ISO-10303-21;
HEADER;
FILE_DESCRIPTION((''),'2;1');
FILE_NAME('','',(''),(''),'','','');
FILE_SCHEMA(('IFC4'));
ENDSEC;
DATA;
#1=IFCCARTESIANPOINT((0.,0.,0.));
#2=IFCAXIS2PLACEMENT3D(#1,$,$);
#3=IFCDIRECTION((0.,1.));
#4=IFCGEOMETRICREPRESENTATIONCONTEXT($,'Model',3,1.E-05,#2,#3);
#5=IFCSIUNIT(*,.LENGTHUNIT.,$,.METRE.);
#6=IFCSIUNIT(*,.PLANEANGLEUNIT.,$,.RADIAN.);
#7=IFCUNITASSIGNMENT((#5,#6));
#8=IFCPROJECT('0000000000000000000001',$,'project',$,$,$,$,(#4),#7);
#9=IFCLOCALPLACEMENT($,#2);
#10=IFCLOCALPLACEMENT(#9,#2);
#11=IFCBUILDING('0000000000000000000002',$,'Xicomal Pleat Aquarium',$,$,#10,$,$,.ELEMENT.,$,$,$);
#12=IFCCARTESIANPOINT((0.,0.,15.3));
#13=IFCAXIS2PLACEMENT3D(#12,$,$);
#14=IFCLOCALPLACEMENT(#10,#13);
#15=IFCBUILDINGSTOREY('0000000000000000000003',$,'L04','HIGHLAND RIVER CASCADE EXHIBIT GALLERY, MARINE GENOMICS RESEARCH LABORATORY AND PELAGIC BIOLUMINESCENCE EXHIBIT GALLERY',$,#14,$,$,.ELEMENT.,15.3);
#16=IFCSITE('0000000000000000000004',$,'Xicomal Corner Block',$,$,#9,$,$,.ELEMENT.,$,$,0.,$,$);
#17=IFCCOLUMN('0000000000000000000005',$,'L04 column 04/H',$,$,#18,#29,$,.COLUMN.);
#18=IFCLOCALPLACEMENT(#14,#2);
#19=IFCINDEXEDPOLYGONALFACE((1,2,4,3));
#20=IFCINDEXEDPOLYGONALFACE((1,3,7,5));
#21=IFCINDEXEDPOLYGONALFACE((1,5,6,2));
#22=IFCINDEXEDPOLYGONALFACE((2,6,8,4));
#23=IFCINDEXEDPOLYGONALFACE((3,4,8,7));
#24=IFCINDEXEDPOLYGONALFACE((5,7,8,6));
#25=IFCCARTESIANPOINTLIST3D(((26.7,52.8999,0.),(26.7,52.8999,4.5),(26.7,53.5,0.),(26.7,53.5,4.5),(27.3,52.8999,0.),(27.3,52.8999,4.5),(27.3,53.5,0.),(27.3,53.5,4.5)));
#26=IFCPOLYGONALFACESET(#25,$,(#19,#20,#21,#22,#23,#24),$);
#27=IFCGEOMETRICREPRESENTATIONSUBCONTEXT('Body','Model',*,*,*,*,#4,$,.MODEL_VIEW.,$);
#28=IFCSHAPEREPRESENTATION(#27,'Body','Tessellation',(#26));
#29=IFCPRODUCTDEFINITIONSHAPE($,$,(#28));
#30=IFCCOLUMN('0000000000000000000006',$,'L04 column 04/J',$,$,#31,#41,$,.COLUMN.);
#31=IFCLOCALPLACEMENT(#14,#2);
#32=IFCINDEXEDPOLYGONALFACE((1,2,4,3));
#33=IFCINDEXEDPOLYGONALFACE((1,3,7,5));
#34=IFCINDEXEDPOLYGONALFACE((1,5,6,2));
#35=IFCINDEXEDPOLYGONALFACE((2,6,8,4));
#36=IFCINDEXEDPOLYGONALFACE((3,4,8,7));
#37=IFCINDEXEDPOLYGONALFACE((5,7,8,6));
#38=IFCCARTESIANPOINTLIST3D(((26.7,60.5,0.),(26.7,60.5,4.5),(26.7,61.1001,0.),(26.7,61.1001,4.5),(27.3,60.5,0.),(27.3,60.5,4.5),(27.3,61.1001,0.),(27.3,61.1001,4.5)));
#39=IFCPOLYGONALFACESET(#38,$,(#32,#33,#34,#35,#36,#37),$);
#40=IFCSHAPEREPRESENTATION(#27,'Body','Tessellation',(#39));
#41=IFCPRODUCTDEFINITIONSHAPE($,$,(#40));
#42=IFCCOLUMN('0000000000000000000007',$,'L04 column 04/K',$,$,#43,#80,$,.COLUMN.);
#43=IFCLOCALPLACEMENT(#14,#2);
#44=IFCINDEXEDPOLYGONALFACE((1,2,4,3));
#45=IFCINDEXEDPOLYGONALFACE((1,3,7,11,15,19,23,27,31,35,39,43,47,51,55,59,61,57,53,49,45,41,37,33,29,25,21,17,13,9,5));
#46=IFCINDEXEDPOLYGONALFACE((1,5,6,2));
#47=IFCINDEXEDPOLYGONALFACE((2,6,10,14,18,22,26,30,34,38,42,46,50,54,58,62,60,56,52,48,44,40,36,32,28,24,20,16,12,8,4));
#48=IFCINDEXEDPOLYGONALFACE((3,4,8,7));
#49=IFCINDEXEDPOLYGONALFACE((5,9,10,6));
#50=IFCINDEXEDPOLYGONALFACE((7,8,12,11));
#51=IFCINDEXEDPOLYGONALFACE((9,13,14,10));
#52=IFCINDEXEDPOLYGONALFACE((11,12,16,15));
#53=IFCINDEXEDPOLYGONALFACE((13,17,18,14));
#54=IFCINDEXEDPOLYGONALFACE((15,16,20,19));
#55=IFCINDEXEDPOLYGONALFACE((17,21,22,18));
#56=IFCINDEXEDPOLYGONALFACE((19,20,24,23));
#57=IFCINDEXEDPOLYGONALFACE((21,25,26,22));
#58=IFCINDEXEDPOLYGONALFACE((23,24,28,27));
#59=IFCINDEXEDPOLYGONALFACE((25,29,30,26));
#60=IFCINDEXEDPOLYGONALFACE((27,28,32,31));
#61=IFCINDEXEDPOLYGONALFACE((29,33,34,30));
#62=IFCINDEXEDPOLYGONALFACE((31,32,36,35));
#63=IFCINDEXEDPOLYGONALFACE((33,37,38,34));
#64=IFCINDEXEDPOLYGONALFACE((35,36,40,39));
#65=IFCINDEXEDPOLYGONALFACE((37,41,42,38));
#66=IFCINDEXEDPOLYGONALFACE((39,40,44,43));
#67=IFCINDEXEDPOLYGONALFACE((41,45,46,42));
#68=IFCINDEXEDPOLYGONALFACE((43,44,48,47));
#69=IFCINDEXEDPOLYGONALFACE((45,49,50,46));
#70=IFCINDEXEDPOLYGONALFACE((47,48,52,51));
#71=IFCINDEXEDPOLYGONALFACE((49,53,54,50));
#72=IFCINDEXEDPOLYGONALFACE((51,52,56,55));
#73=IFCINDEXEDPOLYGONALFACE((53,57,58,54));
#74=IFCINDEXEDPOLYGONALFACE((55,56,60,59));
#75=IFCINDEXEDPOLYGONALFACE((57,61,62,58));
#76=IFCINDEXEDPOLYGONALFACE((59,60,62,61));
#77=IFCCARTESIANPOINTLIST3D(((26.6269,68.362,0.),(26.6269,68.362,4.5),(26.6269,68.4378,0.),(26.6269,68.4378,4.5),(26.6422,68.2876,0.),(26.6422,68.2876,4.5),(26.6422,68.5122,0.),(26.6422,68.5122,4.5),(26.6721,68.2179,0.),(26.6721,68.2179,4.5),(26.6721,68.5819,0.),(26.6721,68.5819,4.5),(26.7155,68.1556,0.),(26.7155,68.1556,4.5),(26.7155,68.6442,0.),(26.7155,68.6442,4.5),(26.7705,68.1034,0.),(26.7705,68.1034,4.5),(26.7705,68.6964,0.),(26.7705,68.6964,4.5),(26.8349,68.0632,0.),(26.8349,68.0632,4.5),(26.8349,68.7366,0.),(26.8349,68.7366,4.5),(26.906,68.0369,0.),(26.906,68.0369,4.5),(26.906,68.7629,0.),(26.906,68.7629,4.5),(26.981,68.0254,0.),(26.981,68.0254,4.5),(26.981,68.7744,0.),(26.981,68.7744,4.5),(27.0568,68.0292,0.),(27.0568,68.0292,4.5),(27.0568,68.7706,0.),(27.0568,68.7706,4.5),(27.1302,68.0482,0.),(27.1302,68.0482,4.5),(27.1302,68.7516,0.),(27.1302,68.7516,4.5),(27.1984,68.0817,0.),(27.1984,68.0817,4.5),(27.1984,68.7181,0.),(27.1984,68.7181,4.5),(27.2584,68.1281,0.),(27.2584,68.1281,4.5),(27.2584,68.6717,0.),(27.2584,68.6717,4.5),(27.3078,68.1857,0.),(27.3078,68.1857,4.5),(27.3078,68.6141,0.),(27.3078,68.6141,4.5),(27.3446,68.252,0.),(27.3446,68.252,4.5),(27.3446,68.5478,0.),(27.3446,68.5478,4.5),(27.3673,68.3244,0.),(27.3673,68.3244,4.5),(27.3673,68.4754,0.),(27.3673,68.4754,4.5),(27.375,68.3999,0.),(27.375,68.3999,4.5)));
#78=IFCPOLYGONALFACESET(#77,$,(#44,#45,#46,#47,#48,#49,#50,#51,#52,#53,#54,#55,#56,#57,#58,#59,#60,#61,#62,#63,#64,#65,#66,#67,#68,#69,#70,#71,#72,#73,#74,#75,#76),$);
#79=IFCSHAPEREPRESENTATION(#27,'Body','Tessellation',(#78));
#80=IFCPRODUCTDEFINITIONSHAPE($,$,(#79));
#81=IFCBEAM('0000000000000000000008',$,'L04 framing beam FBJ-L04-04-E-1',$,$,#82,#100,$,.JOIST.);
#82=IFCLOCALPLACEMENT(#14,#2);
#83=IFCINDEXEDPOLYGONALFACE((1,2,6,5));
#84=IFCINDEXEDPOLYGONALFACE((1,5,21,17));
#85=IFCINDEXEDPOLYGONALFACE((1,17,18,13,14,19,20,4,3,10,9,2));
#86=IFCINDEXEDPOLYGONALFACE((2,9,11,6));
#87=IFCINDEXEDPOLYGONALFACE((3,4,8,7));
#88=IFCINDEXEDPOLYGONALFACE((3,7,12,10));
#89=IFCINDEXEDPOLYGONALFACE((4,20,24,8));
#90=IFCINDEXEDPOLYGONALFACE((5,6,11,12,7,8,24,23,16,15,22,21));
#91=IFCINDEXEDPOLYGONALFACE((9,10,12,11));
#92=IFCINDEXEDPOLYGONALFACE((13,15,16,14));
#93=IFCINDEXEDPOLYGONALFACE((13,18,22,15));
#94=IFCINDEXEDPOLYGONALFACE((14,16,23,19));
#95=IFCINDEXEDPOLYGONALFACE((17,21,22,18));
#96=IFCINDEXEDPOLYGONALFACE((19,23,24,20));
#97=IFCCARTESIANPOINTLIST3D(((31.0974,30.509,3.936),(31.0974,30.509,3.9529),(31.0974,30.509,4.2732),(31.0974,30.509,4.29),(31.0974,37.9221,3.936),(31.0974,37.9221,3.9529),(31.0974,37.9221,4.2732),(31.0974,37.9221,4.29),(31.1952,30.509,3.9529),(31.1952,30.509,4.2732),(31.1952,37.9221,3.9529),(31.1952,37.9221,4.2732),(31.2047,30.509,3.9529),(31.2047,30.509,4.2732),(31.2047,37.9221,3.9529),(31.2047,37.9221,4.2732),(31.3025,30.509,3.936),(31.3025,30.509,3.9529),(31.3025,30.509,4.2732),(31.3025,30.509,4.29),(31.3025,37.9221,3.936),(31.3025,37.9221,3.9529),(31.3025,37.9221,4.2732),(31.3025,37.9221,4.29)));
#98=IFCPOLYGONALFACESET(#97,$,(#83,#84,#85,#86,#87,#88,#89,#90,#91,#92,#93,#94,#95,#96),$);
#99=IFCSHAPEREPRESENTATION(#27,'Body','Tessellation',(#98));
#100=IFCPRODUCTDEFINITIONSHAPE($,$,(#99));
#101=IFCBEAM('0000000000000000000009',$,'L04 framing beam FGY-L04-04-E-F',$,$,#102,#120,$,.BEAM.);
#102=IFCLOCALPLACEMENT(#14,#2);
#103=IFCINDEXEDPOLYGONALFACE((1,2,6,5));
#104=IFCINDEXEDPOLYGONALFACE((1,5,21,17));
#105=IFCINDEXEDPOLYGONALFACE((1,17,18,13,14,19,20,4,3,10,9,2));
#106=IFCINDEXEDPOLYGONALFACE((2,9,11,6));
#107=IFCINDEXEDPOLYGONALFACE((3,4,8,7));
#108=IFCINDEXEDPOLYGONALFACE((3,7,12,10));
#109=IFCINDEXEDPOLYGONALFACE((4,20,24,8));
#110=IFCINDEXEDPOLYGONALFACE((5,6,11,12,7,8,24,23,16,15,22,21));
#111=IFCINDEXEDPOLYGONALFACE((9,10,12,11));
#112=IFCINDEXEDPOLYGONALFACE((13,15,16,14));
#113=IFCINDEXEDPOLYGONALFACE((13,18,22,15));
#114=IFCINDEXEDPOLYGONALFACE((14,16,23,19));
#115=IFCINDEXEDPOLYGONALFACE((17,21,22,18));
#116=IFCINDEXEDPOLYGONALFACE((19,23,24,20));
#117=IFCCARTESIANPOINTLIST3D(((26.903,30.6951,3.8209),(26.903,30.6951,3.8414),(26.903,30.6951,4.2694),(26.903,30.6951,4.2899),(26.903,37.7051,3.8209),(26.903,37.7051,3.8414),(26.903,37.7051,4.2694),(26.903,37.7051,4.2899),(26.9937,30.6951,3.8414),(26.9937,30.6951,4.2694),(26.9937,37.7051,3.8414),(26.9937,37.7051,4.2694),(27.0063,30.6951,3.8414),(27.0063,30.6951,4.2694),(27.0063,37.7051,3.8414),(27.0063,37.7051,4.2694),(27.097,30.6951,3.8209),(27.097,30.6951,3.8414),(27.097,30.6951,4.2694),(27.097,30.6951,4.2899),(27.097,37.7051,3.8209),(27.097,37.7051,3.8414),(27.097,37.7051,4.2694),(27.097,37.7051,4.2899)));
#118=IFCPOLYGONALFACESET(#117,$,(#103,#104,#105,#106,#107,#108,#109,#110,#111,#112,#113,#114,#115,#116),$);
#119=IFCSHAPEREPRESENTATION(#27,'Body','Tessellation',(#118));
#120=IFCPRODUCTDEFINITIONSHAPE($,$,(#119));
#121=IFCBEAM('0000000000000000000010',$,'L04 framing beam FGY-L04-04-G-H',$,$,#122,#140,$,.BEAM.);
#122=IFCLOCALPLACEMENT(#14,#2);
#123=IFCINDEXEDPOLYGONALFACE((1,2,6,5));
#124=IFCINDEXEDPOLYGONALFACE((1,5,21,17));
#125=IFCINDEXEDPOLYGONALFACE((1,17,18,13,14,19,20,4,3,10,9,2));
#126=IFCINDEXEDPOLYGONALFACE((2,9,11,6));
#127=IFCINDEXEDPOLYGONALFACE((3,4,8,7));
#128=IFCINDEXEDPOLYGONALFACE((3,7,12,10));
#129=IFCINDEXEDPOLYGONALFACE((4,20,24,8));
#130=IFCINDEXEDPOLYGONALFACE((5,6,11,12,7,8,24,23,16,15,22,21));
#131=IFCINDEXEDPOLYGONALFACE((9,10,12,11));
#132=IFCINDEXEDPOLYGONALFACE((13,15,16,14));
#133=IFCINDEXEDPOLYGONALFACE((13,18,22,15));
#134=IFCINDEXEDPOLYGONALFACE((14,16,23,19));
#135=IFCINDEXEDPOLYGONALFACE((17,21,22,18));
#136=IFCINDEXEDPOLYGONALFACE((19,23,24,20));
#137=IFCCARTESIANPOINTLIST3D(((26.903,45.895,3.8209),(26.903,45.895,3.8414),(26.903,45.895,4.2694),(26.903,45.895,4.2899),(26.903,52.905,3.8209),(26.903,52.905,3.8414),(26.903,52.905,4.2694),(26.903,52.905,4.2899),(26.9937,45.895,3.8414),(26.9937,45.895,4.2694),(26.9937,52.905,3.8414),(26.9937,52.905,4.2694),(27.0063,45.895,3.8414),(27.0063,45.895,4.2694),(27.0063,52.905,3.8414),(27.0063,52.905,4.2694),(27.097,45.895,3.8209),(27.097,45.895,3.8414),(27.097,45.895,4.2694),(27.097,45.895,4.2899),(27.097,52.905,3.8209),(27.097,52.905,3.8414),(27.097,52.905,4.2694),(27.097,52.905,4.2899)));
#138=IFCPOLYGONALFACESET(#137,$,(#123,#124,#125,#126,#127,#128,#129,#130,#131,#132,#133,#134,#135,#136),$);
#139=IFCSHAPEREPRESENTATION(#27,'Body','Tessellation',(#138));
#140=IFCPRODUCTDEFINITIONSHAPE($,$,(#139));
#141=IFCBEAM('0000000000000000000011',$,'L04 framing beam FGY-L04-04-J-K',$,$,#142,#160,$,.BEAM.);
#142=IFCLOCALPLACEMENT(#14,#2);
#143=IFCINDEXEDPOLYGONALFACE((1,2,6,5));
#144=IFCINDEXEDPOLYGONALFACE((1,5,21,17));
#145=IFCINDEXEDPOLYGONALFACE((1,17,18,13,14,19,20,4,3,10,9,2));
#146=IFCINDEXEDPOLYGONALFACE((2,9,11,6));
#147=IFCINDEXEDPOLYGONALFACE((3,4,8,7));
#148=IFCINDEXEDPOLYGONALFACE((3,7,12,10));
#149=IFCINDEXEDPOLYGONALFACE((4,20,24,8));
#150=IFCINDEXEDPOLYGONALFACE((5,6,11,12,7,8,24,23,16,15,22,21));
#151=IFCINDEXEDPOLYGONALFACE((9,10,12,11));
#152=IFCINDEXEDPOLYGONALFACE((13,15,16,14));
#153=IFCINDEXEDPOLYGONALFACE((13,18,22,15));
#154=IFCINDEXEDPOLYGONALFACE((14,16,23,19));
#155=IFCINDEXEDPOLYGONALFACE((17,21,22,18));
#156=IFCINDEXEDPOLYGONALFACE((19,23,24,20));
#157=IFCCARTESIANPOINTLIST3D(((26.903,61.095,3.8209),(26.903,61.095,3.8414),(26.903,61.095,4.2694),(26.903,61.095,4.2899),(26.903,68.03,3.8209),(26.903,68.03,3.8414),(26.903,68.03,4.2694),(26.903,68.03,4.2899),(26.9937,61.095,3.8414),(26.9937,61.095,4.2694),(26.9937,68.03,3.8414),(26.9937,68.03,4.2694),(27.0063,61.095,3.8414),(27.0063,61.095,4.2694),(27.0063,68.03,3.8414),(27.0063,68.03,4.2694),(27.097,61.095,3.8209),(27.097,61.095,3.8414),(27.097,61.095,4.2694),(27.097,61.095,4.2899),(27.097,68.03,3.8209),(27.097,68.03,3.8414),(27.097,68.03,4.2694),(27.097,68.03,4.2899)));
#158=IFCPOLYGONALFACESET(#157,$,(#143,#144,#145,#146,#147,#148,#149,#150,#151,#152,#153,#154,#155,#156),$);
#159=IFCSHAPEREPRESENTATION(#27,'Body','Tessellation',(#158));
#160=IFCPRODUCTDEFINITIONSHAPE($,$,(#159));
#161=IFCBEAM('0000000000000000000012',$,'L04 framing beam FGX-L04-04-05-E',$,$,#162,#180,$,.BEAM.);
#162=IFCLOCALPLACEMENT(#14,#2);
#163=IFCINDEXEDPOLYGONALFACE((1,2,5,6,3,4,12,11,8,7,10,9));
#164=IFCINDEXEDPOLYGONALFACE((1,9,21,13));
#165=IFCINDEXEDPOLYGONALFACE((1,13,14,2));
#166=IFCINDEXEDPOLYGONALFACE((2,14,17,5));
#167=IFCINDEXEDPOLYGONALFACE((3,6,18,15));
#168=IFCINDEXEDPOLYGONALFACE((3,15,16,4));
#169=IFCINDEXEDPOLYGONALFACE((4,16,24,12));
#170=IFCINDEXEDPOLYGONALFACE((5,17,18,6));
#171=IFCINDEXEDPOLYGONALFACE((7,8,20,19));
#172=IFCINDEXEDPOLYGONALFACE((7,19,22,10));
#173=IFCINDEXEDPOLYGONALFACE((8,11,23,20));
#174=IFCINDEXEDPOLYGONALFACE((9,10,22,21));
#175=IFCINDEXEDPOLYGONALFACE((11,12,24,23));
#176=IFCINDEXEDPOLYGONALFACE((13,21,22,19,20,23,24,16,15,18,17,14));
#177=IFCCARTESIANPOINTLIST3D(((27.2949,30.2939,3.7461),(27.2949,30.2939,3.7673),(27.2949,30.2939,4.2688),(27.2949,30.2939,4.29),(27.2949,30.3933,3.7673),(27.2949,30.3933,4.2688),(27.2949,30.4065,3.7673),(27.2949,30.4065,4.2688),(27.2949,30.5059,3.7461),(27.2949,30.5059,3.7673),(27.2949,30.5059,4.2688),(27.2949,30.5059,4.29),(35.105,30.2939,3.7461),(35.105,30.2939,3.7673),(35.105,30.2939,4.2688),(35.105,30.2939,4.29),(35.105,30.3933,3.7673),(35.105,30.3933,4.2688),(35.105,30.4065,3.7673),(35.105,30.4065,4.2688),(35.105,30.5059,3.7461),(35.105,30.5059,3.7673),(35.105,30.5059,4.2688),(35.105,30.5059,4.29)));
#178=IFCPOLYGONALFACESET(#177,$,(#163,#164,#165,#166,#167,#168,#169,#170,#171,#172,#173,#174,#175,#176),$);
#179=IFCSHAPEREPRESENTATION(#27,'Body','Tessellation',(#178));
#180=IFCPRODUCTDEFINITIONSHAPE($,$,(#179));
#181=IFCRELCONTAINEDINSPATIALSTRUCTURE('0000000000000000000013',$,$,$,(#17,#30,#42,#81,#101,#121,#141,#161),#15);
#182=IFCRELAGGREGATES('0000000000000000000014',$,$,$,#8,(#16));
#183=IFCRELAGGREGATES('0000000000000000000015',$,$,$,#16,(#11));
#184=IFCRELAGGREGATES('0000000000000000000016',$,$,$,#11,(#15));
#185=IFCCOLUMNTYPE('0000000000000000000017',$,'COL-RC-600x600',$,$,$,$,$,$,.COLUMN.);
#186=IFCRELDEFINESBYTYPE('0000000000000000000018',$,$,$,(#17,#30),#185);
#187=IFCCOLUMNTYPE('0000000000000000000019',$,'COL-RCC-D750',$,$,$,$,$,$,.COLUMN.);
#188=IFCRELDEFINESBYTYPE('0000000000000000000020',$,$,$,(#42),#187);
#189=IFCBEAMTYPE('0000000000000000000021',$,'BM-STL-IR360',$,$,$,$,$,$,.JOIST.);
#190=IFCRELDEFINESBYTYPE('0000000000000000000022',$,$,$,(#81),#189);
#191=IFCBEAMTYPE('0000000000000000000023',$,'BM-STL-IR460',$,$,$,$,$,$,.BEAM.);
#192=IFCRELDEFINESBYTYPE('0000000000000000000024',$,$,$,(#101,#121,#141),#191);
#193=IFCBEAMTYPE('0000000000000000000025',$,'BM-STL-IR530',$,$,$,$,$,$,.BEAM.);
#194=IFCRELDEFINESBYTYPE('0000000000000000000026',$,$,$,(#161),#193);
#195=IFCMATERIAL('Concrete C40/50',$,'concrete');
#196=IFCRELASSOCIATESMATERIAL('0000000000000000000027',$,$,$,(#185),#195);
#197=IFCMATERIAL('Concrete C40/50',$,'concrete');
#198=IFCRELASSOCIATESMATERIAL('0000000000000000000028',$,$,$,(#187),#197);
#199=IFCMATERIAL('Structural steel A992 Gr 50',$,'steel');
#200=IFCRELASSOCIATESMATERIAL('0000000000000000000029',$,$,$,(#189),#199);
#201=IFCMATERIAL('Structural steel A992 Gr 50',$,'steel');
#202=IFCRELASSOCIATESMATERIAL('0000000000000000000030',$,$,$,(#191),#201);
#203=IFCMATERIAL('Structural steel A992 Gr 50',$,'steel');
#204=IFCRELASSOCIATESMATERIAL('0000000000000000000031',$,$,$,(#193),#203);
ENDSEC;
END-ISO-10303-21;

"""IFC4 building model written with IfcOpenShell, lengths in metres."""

from ifc_helpers import new_model, si_unit, direction, frame, origin, origin_2d, place, context, subcontext, project, spatial, rectangle, circle, i_section, extrude, material, material_profile, profile_set, type_object, element, save


model = new_model("IFC4")

# Units and contexts
model_context = context("Model", 3, precision=1e-05, world=origin(), true_north=direction((0.0, 1.0)))
body_context = subcontext(model_context, "Body", "Model", "MODEL_VIEW")
ifc_project = project(units=[si_unit("LENGTHUNIT", "METRE"), si_unit("PLANEANGLEUNIT", "RADIAN")], contexts=[model_context])

# Site, building, storey
site_placement = place(None, origin())
site = spatial("IfcSite", under=ifc_project, at=site_placement, Name="Xicomal Corner Block", CompositionType="ELEMENT", RefElevation=0.0)
building_placement = place(site_placement, origin())
building = spatial("IfcBuilding", under=site, at=building_placement, Name="Xicomal Pleat Aquarium", CompositionType="ELEMENT")
storey_placement = place(building_placement, frame((0.0, 0.0, 15.3)))
storey = spatial("IfcBuildingStorey", under=building, at=storey_placement, Name="L04", Description="HIGHLAND RIVER CASCADE EXHIBIT GALLERY, MARINE GENOMICS RESEARCH LABORATORY AND PELAGIC BIOLUMINESCENCE EXHIBIT GALLERY", CompositionType="ELEMENT", Elevation=15.3)

# Columns
ifc_material_1 = material(Name="Concrete C40/50", Category="concrete")
ifc_material_profile_1 = material_profile(ifc_material_1, rectangle(XDim=0.6001, YDim=0.6001, at=origin_2d()), Name="RC 600x600")
ifc_profile_set_1 = profile_set([ifc_material_profile_1], Name="Concrete C40/50")
column_type_1 = type_object("IfcColumnType", Name="COL-RC-600x600", PredefinedType="COLUMN", material=ifc_profile_set_1)
for number, where, z_axis, x_axis, name in (
    (1, (27.0, 53.2, 0.0), (0.0, 0.0, 1.0), (1.0, 0.0, 0.0), "L04 column 04/H"),
    (2, (27.0, 60.8, 0.0), (0.0, 0.0, 1.0), (1.0, 0.0, 0.0), "L04 column 04/J"),
):
    element("IfcColumn", number, at=place(storey_placement, frame(where, z_axis=z_axis, x_axis=x_axis)), inside=storey, type_object=column_type_1, Name=name, PredefinedType="COLUMN", context=body_context, shape_type="SweptSolid", body=[
        extrude(rectangle(XDim=0.6001, YDim=0.6001, at=origin_2d()), origin(), (0.0, 0.0, 1.0), 4.5),
    ])
ifc_material_2 = material(Name="Concrete C40/50", Category="concrete")
ifc_material_profile_2 = material_profile(ifc_material_2, circle(Radius=0.375, at=origin_2d()), Name="RCC D750")
ifc_profile_set_2 = profile_set([ifc_material_profile_2], Name="Concrete C40/50")
column_type_2 = type_object("IfcColumnType", Name="COL-RCC-D750", PredefinedType="COLUMN", material=ifc_profile_set_2)
column_placement = place(storey_placement, frame((27.0, 68.3999, 0.0), z_axis=(0.0, 0.0, 1.0), x_axis=(1.0, 0.0, 0.0)))
element("IfcColumn", 3, at=column_placement, inside=storey, type_object=column_type_2, Name="L04 column 04/K", PredefinedType="COLUMN", context=body_context, shape_type="SweptSolid", body=[
    extrude(circle(Radius=0.375, at=origin_2d()), origin(), (0.0, 0.0, 1.0), 4.5),
])

# Beams
ifc_material_3 = material(Name="Structural steel A992 Gr 50", Category="steel")
ifc_material_profile_3 = material_profile(ifc_material_3, i_section(OverallWidth=0.2051, OverallDepth=0.354, WebThickness=0.0095, FlangeThickness=0.0168, at=origin_2d()), Name="IR 360x79")
ifc_profile_set_3 = profile_set([ifc_material_profile_3], Name="Structural steel A992 Gr 50")
beam_type_1 = type_object("IfcBeamType", Name="BM-STL-IR360", PredefinedType="JOIST", material=ifc_profile_set_3)
beam_1_placement = place(storey_placement, frame((31.2, 30.509, 4.113), z_axis=(0.0, 1.0, 0.0), x_axis=(-1.0, 0.0, 0.0)))
element("IfcBeam", 4, at=beam_1_placement, inside=storey, type_object=beam_type_1, Name="L04 framing beam FBJ-L04-04-E-1", PredefinedType="JOIST", context=body_context, shape_type="SweptSolid", body=[
    extrude(i_section(OverallWidth=0.2051, OverallDepth=0.354, WebThickness=0.0095, FlangeThickness=0.0168, at=origin_2d()), origin(), (0.0, 0.0, 1.0), 7.4131),
])
ifc_material_4 = material(Name="Structural steel A992 Gr 50", Category="steel")
ifc_material_profile_4 = material_profile(ifc_material_4, i_section(OverallWidth=0.1941, OverallDepth=0.469, WebThickness=0.0127, FlangeThickness=0.0205, at=origin_2d()), Name="IR 460x106")
ifc_profile_set_4 = profile_set([ifc_material_profile_4], Name="Structural steel A992 Gr 50")
beam_type_2 = type_object("IfcBeamType", Name="BM-STL-IR460", PredefinedType="BEAM", material=ifc_profile_set_4)
for number, where, z_axis, x_axis, name in (
    (5, (27.0, 30.6951, 4.0554), (0.0, 1.0, 0.0), (-1.0, 0.0, 0.0), "L04 framing beam FGY-L04-04-E-F"),
    (6, (27.0, 45.895, 4.0554), (0.0, 1.0, 0.0), (-1.0, 0.0, 0.0), "L04 framing beam FGY-L04-04-G-H"),
):
    element("IfcBeam", number, at=place(storey_placement, frame(where, z_axis=z_axis, x_axis=x_axis)), inside=storey, type_object=beam_type_2, Name=name, PredefinedType="BEAM", context=body_context, shape_type="SweptSolid", body=[
        extrude(i_section(OverallWidth=0.1941, OverallDepth=0.469, WebThickness=0.0127, FlangeThickness=0.0205, at=origin_2d()), origin(), (0.0, 0.0, 1.0), 7.01),
    ])
beam_2_placement = place(storey_placement, frame((27.0, 61.095, 4.0554), z_axis=(0.0, 1.0, 0.0), x_axis=(-1.0, 0.0, 0.0)))
element("IfcBeam", 7, at=beam_2_placement, inside=storey, type_object=beam_type_2, Name="L04 framing beam FGY-L04-04-J-K", PredefinedType="BEAM", context=body_context, shape_type="SweptSolid", body=[
    extrude(i_section(OverallWidth=0.1941, OverallDepth=0.469, WebThickness=0.0127, FlangeThickness=0.0205, at=origin_2d()), origin(), (0.0, 0.0, 1.0), 6.9351),
])
ifc_material_5 = material(Name="Structural steel A992 Gr 50", Category="steel")
ifc_material_profile_5 = material_profile(ifc_material_5, i_section(OverallWidth=0.2119, OverallDepth=0.5439, WebThickness=0.0132, FlangeThickness=0.0212, at=origin_2d()), Name="IR 530x123")
ifc_profile_set_5 = profile_set([ifc_material_profile_5], Name="Structural steel A992 Gr 50")
beam_type_3 = type_object("IfcBeamType", Name="BM-STL-IR530", PredefinedType="BEAM", material=ifc_profile_set_5)
beam_3_placement = place(storey_placement, frame((27.2949, 30.3999, 4.0181), z_axis=(1.0, 0.0, 0.0), x_axis=(0.0, 1.0, 0.0)))
element("IfcBeam", 8, at=beam_3_placement, inside=storey, type_object=beam_type_3, Name="L04 framing beam FGX-L04-04-05-E", PredefinedType="BEAM", context=body_context, shape_type="SweptSolid", body=[
    extrude(i_section(OverallWidth=0.2119, OverallDepth=0.5439, WebThickness=0.0132, FlangeThickness=0.0212, at=origin_2d()), origin(), (0.0, 0.0, 1.0), 7.8101),
])

save(model, "model.ifc")
